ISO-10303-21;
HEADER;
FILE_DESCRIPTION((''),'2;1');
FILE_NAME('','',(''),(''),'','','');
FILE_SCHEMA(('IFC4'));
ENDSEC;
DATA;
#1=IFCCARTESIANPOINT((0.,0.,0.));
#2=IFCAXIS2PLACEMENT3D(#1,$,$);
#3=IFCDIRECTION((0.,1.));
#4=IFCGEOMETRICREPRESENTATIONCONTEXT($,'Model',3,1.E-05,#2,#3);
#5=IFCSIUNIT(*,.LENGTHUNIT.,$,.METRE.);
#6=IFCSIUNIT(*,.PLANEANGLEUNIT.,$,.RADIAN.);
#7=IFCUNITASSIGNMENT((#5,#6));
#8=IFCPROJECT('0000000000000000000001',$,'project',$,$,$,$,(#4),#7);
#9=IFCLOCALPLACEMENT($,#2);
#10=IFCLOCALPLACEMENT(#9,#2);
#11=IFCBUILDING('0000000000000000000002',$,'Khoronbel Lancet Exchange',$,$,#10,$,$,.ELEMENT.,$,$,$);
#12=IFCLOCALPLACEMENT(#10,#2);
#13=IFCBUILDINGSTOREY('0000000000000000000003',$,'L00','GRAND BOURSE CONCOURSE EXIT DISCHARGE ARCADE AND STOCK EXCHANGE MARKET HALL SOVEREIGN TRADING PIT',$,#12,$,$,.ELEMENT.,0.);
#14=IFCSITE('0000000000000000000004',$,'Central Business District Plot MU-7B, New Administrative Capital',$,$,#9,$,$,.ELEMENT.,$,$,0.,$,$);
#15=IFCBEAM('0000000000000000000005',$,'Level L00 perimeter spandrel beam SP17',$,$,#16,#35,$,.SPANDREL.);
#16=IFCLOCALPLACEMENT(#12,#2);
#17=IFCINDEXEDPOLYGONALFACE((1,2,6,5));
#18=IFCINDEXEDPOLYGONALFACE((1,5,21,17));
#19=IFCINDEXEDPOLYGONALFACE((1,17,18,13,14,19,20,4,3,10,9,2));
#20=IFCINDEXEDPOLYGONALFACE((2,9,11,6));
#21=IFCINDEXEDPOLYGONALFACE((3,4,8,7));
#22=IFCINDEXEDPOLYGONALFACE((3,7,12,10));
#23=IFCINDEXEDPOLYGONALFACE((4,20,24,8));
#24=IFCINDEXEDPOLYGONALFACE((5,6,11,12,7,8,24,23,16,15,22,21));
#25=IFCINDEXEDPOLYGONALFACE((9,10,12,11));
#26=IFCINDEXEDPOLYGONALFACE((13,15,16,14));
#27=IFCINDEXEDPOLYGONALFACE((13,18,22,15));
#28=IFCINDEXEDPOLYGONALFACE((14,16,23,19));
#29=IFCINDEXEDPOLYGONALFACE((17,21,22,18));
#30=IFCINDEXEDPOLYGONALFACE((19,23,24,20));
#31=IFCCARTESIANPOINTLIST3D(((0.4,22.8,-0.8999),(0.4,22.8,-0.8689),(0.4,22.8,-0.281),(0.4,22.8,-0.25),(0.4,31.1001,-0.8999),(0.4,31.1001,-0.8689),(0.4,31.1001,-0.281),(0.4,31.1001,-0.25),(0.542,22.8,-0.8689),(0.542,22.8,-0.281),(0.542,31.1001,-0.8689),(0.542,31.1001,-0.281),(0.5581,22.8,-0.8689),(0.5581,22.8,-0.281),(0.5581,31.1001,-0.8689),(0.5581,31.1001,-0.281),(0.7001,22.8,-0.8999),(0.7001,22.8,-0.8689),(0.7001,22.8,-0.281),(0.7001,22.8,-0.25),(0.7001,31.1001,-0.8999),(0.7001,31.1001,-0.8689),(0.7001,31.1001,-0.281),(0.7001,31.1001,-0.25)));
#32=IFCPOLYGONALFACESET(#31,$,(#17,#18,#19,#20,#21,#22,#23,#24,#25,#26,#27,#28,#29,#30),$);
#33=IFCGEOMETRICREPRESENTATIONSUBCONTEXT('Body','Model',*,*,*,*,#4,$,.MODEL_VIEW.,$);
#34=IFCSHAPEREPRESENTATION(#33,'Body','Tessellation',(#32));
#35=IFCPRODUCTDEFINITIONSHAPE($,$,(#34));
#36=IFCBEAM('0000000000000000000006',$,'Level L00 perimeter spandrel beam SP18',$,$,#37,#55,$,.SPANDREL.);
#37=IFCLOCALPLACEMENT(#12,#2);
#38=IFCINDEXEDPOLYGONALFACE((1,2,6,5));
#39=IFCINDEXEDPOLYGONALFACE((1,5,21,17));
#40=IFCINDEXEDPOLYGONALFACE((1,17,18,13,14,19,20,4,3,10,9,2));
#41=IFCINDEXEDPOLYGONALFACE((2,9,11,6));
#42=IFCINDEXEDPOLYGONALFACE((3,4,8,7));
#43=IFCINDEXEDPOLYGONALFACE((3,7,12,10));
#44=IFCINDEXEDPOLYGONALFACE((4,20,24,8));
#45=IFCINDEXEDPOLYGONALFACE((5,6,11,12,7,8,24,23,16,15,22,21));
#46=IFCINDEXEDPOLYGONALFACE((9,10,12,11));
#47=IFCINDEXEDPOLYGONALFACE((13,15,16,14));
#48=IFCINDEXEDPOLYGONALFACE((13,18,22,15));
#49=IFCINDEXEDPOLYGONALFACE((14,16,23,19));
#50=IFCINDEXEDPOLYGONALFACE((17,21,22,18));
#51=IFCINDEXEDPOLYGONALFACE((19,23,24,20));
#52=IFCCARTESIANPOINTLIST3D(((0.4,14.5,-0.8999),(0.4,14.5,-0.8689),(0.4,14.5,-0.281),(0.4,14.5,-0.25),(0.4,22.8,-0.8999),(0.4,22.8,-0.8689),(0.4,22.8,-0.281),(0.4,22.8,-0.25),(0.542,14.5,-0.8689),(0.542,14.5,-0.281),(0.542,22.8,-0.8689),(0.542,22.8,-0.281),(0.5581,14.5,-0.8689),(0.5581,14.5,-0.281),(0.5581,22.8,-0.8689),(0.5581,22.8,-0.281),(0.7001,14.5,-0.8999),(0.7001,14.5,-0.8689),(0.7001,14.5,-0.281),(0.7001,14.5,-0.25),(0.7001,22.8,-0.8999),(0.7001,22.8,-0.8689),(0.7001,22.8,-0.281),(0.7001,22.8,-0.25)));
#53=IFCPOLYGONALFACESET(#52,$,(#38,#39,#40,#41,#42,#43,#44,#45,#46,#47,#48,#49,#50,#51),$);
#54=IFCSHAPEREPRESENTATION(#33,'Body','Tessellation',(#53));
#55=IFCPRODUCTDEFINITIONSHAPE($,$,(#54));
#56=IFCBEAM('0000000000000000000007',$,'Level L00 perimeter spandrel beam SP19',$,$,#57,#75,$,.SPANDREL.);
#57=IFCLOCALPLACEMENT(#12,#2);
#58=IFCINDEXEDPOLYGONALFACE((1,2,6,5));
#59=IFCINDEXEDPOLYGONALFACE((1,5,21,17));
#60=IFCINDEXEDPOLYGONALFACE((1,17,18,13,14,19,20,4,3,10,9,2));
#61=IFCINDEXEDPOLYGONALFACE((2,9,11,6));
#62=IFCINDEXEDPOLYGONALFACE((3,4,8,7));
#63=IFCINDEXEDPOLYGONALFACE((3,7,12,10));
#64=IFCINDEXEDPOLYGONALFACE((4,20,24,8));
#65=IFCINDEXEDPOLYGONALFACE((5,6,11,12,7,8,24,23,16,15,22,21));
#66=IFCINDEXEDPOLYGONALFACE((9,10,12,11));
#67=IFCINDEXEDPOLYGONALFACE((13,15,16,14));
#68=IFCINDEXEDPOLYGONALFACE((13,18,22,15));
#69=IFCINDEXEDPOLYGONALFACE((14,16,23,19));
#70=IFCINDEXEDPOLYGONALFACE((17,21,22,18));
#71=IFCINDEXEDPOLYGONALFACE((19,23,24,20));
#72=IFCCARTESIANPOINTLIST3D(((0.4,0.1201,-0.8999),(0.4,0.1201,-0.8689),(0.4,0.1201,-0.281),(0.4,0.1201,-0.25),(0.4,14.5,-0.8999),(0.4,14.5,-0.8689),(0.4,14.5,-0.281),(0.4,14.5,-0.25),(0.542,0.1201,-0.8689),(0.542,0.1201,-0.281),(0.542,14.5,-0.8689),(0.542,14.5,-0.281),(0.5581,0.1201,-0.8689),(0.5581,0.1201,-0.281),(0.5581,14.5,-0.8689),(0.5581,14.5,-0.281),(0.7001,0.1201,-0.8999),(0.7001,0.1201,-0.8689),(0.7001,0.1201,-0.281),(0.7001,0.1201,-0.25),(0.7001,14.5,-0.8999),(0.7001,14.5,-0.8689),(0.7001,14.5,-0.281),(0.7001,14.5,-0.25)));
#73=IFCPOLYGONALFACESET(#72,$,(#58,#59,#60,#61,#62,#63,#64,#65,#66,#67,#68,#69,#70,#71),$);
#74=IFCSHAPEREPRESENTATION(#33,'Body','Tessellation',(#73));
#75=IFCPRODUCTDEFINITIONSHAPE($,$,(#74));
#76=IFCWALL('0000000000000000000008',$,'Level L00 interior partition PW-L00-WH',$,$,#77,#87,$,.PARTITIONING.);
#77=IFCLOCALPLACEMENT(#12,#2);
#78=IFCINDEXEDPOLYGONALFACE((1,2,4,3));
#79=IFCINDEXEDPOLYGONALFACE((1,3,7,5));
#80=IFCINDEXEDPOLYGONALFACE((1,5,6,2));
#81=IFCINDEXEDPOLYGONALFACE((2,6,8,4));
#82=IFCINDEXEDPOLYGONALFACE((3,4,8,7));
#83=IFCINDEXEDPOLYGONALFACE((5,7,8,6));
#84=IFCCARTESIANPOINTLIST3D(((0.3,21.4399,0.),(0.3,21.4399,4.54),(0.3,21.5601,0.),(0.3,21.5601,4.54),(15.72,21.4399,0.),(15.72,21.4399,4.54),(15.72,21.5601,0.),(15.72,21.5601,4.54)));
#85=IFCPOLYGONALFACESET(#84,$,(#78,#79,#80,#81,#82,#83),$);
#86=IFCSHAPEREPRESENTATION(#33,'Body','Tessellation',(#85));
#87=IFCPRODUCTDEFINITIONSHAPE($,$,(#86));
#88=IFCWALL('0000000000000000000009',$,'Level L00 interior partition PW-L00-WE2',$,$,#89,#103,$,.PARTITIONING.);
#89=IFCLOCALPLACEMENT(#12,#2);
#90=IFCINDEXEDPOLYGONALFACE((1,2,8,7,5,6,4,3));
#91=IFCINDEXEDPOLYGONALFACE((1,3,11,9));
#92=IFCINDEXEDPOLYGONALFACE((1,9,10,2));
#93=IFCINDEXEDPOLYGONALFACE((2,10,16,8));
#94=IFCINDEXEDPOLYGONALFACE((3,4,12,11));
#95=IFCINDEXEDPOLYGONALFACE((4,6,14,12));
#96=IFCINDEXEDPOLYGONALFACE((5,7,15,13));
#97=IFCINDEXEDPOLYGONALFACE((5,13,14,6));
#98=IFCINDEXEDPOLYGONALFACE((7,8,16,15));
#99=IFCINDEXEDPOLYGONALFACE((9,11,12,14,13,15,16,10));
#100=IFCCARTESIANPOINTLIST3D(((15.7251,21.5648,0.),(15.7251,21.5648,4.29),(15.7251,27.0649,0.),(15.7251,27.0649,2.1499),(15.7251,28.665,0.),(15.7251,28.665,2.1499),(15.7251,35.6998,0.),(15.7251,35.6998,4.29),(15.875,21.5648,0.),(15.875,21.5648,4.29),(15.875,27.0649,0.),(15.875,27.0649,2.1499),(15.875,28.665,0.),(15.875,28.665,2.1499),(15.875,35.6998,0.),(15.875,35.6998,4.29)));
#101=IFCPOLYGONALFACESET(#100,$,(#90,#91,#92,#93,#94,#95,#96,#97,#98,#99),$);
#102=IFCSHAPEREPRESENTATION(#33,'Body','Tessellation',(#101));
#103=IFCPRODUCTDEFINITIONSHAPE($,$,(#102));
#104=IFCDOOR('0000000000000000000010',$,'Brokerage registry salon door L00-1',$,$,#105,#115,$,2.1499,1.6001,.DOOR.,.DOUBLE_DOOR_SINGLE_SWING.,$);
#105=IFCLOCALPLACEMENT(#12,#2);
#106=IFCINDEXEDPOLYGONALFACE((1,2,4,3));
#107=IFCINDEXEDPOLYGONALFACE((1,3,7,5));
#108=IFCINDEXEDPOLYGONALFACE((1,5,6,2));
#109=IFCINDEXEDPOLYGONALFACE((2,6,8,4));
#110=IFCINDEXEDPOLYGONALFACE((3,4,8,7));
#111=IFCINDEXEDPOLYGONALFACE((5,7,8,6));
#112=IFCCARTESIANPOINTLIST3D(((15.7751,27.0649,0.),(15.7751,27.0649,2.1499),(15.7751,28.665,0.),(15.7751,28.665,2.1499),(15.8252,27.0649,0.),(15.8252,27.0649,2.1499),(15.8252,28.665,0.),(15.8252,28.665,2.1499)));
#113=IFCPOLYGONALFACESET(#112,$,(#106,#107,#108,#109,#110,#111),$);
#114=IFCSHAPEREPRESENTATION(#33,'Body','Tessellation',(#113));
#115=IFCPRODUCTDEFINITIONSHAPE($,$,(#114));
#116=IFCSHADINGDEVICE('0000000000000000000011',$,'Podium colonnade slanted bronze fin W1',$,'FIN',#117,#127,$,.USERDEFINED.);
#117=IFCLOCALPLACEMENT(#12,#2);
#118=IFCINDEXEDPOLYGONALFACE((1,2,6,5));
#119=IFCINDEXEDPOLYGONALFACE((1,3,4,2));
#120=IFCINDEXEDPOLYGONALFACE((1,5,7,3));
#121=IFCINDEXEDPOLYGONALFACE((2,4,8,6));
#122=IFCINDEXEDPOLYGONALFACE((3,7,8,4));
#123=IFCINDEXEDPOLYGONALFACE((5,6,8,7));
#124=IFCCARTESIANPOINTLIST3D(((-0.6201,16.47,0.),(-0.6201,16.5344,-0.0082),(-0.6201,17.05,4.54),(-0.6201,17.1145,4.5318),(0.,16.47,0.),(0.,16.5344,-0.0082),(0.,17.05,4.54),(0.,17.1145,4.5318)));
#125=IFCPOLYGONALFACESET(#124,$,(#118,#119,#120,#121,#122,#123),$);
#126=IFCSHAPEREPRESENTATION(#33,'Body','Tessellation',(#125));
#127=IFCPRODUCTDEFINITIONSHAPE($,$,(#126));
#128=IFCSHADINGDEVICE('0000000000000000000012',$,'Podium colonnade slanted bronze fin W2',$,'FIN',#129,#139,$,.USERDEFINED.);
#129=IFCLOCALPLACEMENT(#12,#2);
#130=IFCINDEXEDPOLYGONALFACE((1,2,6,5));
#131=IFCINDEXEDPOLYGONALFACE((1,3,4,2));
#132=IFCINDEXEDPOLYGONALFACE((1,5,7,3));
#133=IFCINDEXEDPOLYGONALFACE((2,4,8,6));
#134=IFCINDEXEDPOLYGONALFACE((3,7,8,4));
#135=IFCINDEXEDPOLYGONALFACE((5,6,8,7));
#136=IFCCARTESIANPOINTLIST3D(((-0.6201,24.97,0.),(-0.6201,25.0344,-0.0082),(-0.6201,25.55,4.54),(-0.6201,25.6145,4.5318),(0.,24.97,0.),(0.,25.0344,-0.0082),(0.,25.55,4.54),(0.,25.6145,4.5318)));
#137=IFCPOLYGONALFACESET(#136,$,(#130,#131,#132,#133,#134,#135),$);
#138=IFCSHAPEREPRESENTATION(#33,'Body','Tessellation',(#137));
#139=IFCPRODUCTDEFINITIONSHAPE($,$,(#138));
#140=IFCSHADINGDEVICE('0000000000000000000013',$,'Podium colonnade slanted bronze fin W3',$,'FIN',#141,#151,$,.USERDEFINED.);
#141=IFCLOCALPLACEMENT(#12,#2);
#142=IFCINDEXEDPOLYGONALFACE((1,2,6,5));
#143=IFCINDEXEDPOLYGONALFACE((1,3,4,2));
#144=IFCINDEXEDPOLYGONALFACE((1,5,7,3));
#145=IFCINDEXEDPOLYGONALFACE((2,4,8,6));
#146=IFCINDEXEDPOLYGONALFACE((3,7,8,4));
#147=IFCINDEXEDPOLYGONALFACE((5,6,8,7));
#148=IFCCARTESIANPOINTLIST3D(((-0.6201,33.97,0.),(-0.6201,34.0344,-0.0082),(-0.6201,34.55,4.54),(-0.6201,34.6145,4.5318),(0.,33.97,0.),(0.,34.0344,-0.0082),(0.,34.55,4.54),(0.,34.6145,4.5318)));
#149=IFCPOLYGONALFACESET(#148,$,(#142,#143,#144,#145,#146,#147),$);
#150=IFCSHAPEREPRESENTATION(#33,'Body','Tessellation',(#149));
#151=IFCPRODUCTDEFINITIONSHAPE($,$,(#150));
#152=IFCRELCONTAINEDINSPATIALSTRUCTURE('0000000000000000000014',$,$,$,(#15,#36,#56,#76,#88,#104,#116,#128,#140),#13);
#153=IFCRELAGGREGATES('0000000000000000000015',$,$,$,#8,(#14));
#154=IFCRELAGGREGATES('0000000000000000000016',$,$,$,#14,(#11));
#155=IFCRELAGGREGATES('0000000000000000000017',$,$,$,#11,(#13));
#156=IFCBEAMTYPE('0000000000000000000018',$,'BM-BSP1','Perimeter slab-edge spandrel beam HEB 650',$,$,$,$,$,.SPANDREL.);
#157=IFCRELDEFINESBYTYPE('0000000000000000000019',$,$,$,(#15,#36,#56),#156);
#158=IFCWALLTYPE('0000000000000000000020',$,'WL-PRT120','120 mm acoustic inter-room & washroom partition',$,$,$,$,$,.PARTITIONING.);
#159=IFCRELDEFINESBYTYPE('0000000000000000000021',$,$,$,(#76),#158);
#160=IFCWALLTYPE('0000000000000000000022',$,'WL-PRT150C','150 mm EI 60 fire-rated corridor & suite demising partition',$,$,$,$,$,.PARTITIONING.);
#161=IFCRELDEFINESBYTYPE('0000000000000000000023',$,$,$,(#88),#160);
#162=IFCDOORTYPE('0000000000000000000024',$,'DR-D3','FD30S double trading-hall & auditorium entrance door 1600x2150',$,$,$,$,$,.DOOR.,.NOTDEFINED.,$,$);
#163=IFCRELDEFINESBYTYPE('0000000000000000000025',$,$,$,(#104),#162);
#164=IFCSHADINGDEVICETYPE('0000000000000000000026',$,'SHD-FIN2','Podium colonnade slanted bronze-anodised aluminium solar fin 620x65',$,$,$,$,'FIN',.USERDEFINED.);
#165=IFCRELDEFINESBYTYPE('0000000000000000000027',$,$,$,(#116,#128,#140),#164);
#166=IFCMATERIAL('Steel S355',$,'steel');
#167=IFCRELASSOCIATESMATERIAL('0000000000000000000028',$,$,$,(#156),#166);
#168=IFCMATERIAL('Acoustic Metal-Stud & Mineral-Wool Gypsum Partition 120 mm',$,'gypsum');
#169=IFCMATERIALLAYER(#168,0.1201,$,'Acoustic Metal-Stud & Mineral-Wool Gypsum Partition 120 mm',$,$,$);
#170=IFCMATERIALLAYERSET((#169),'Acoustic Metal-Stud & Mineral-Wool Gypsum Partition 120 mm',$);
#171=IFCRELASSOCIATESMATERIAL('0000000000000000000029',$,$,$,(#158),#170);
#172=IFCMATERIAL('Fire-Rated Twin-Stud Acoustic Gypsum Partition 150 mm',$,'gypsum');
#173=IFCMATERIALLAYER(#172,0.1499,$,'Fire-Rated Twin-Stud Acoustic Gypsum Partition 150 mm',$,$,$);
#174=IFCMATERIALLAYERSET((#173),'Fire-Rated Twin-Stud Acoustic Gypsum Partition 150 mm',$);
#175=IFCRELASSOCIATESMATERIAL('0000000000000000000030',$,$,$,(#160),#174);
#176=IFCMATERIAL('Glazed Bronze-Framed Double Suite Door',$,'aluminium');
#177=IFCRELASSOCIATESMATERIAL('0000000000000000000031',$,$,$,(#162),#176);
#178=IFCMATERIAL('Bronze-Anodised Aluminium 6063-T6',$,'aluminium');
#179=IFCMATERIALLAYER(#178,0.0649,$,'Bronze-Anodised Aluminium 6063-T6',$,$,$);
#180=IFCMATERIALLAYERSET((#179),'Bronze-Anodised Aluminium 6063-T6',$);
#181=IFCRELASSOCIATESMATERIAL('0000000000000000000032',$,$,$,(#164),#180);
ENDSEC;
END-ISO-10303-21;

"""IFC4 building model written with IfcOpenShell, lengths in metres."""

from ifc_helpers import new_model, si_unit, direction, frame, frame_2d, origin, origin_2d, place, context, subcontext, project, spatial, polyline, rectangle, i_section, outline, extrude, material, layer, layer_set, material_profile, profile_set, type_object, element, fill, save


model = new_model("IFC4")

# Units and contexts
model_context = context("Model", 3, precision=1e-05, world=origin(), true_north=direction((0.0, 1.0)))
body_context = subcontext(model_context, "Body", "Model", "MODEL_VIEW")
ifc_project = project(units=[si_unit("LENGTHUNIT", "METRE"), si_unit("PLANEANGLEUNIT", "RADIAN")], contexts=[model_context])

# Site, building, storey
site_placement = place(None, origin())
site = spatial("IfcSite", under=ifc_project, at=site_placement, Name="Central Business District Plot MU-7B, New Administrative Capital", CompositionType="ELEMENT", RefElevation=0.0)
building_placement = place(site_placement, origin())
building = spatial("IfcBuilding", under=site, at=building_placement, Name="Khoronbel Lancet Exchange", CompositionType="ELEMENT")
storey_placement = place(building_placement, origin())
storey = spatial("IfcBuildingStorey", under=building, at=storey_placement, Name="L00", Description="GRAND BOURSE CONCOURSE EXIT DISCHARGE ARCADE AND STOCK EXCHANGE MARKET HALL SOVEREIGN TRADING PIT", CompositionType="ELEMENT", Elevation=0.0)

# Shared definitions
ifc_material_1 = material(Name="Steel S355", Category="steel")

# Beams
ifc_material_profile_1 = material_profile(ifc_material_1, i_section(OverallWidth=0.3, OverallDepth=0.6499, WebThickness=0.0161, FlangeThickness=0.031, at=origin_2d()), Name="HEB 650")
ifc_profile_set_1 = profile_set([ifc_material_profile_1], Name="Steel S355")
beam_type_1 = type_object("IfcBeamType", Name="BM-BSP1", Description="Perimeter slab-edge spandrel beam HEB 650", PredefinedType="SPANDREL", material=ifc_profile_set_1)
for number, where, z_axis, x_axis, name in (
    (1, (0.55, 31.1001, -0.575), (0.0, -1.0, 0.0), (1.0, 0.0, 0.0), "Level L00 perimeter spandrel beam SP17"),
    (2, (0.55, 22.8, -0.575), (0.0, -1.0, 0.0), (1.0, 0.0, 0.0), "Level L00 perimeter spandrel beam SP18"),
):
    element("IfcBeam", number, at=place(storey_placement, frame(where, z_axis=z_axis, x_axis=x_axis)), inside=storey, type_object=beam_type_1, Name=name, PredefinedType="SPANDREL", context=body_context, shape_type="SweptSolid", body=[
        extrude(i_section(OverallWidth=0.3, OverallDepth=0.6499, WebThickness=0.0161, FlangeThickness=0.031, at=origin_2d()), origin(), (0.0, 0.0, 1.0), 8.3),
    ])
beam_placement = place(storey_placement, frame((0.55, 14.5, -0.575), z_axis=(0.0, -1.0, 0.0), x_axis=(1.0, 0.0, 0.0)))
element("IfcBeam", 3, at=beam_placement, inside=storey, type_object=beam_type_1, Name="Level L00 perimeter spandrel beam SP19", PredefinedType="SPANDREL", context=body_context, shape_type="SweptSolid", body=[
    extrude(i_section(OverallWidth=0.3, OverallDepth=0.6499, WebThickness=0.0161, FlangeThickness=0.031, at=origin_2d()), origin(), (0.0, 0.0, 1.0), 14.3799),
])

# Wall
ifc_material_2 = material(Name="Acoustic Metal-Stud & Mineral-Wool Gypsum Partition 120 mm", Category="gypsum")
ifc_layer_1 = layer(ifc_material_2, 0.1201, Name="Acoustic Metal-Stud & Mineral-Wool Gypsum Partition 120 mm")
ifc_layer_set_1 = layer_set([ifc_layer_1], Name="Acoustic Metal-Stud & Mineral-Wool Gypsum Partition 120 mm")
wall_type_1 = type_object("IfcWallType", Name="WL-PRT120", Description="120 mm acoustic inter-room & washroom partition", PredefinedType="PARTITIONING", material=ifc_layer_set_1)
wall_1_placement = place(storey_placement, frame((0.3, 21.5, 0.0), z_axis=(0.0, 0.0, 1.0), x_axis=(1.0, 0.0, 0.0)))
element("IfcWall", 4, at=wall_1_placement, inside=storey, type_object=wall_type_1, Name="Level L00 interior partition PW-L00-WH", PredefinedType="PARTITIONING", context=body_context, shape_type="SweptSolid", body=[
    extrude(rectangle(XDim=15.4199, YDim=0.1201, at=frame_2d((7.71, 0.0))), origin(), (0.0, 0.0, 1.0), 4.54),
])

# Wall, opening, door
ifc_material_3 = material(Name="Fire-Rated Twin-Stud Acoustic Gypsum Partition 150 mm", Category="gypsum")
ifc_layer_2 = layer(ifc_material_3, 0.1499, Name="Fire-Rated Twin-Stud Acoustic Gypsum Partition 150 mm")
ifc_layer_set_2 = layer_set([ifc_layer_2], Name="Fire-Rated Twin-Stud Acoustic Gypsum Partition 150 mm")
wall_type_2 = type_object("IfcWallType", Name="WL-PRT150C", Description="150 mm EI 60 fire-rated corridor & suite demising partition", PredefinedType="PARTITIONING", material=ifc_layer_set_2)
wall_2_placement = place(storey_placement, frame((15.8, 21.5649, 0.0), z_axis=(0.0, 0.0, 1.0), x_axis=(0.0, 1.0, 0.0)))
wall_2 = element("IfcWall", 5, at=wall_2_placement, inside=storey, type_object=wall_type_2, Name="Level L00 interior partition PW-L00-WE2", PredefinedType="PARTITIONING", context=body_context, shape_type="SweptSolid", body=[
    extrude(rectangle(XDim=14.135, YDim=0.1499, at=frame_2d((7.0674, 0.0))), origin(), (0.0, 0.0, 1.0), 4.29),
])
opening_placement = place(wall_2_placement, frame((5.5, 0.0, 0.0)))
opening = element("IfcOpeningElement", 6, at=opening_placement, cuts=wall_2, PredefinedType="OPENING", context=body_context, shape_type="SweptSolid", body=[
    extrude(rectangle(XDim=1.6001, YDim=2.1499, at=frame_2d((0.8, 1.075))), frame((0.0, 0.085, 0.0), z_axis=(0.0, -1.0, 0.0), x_axis=(1.0, 0.0, 0.0)), (0.0, 0.0, 1.0), 0.1699),
])
ifc_material_4 = material(Name="Glazed Bronze-Framed Double Suite Door", Category="aluminium")
door_type = type_object("IfcDoorType", Name="DR-D3", Description="FD30S double trading-hall & auditorium entrance door 1600x2150", OperationType="NOTDEFINED", PredefinedType="DOOR", material=ifc_material_4)
door_placement = place(opening_placement, origin())
door = element("IfcDoor", 7, at=door_placement, inside=storey, type_object=door_type, Name="Brokerage registry salon door L00-1", OperationType="DOUBLE_DOOR_SINGLE_SWING", OverallHeight=2.1499, OverallWidth=1.6001, PredefinedType="DOOR", context=body_context, shape_type="SweptSolid", body=[
    extrude(rectangle(XDim=1.6001, YDim=2.1499, at=frame_2d((0.8, 1.075))), frame((0.0, 0.0249, 0.0), z_axis=(0.0, -1.0, 0.0), x_axis=(1.0, 0.0, 0.0)), (0.0, 0.0, 1.0), 0.05),
])
fill(opening, door)

# Shading devices
ifc_material_5 = material(Name="Bronze-Anodised Aluminium 6063-T6", Category="aluminium")
ifc_layer_3 = layer(ifc_material_5, 0.0649, Name="Bronze-Anodised Aluminium 6063-T6")
ifc_layer_set_3 = layer_set([ifc_layer_3], Name="Bronze-Anodised Aluminium 6063-T6")
shading_device_type = type_object("IfcShadingDeviceType", Name="SHD-FIN2", Description="Podium colonnade slanted bronze-anodised aluminium solar fin 620x65", ElementType="FIN", PredefinedType="USERDEFINED", material=ifc_layer_set_3)
for number, where, z_axis, x_axis, name in (
    (8, (0.0, 16.47, 0.0), (0.0, -0.991936, 0.126739), (-1.0, 0.0, 0.0), "Podium colonnade slanted bronze fin W1"),
    (9, (0.0, 24.97, 0.0), (0.0, -0.991936, 0.126739), (-1.0, 0.0, 0.0), "Podium colonnade slanted bronze fin W2"),
    (10, (0.0, 33.97, 0.0), (0.0, -0.991936, 0.126739), (-1.0, 0.0, 0.0), "Podium colonnade slanted bronze fin W3"),
):
    element("IfcShadingDevice", number, at=place(storey_placement, frame(where, z_axis=z_axis, x_axis=x_axis)), inside=storey, type_object=shading_device_type, Name=name, ObjectType="FIN", PredefinedType="USERDEFINED", context=body_context, shape_type="SweptSolid", body=[
        extrude(outline(polyline([(0.0, 0.0), (0.6201, 0.0), (0.6201, -4.5769), (0.0, -4.5769), (0.0, 0.0)])), origin(), (0.0, 0.0, -1.0), 0.0649),
    ])

save(model, "model.ifc")
